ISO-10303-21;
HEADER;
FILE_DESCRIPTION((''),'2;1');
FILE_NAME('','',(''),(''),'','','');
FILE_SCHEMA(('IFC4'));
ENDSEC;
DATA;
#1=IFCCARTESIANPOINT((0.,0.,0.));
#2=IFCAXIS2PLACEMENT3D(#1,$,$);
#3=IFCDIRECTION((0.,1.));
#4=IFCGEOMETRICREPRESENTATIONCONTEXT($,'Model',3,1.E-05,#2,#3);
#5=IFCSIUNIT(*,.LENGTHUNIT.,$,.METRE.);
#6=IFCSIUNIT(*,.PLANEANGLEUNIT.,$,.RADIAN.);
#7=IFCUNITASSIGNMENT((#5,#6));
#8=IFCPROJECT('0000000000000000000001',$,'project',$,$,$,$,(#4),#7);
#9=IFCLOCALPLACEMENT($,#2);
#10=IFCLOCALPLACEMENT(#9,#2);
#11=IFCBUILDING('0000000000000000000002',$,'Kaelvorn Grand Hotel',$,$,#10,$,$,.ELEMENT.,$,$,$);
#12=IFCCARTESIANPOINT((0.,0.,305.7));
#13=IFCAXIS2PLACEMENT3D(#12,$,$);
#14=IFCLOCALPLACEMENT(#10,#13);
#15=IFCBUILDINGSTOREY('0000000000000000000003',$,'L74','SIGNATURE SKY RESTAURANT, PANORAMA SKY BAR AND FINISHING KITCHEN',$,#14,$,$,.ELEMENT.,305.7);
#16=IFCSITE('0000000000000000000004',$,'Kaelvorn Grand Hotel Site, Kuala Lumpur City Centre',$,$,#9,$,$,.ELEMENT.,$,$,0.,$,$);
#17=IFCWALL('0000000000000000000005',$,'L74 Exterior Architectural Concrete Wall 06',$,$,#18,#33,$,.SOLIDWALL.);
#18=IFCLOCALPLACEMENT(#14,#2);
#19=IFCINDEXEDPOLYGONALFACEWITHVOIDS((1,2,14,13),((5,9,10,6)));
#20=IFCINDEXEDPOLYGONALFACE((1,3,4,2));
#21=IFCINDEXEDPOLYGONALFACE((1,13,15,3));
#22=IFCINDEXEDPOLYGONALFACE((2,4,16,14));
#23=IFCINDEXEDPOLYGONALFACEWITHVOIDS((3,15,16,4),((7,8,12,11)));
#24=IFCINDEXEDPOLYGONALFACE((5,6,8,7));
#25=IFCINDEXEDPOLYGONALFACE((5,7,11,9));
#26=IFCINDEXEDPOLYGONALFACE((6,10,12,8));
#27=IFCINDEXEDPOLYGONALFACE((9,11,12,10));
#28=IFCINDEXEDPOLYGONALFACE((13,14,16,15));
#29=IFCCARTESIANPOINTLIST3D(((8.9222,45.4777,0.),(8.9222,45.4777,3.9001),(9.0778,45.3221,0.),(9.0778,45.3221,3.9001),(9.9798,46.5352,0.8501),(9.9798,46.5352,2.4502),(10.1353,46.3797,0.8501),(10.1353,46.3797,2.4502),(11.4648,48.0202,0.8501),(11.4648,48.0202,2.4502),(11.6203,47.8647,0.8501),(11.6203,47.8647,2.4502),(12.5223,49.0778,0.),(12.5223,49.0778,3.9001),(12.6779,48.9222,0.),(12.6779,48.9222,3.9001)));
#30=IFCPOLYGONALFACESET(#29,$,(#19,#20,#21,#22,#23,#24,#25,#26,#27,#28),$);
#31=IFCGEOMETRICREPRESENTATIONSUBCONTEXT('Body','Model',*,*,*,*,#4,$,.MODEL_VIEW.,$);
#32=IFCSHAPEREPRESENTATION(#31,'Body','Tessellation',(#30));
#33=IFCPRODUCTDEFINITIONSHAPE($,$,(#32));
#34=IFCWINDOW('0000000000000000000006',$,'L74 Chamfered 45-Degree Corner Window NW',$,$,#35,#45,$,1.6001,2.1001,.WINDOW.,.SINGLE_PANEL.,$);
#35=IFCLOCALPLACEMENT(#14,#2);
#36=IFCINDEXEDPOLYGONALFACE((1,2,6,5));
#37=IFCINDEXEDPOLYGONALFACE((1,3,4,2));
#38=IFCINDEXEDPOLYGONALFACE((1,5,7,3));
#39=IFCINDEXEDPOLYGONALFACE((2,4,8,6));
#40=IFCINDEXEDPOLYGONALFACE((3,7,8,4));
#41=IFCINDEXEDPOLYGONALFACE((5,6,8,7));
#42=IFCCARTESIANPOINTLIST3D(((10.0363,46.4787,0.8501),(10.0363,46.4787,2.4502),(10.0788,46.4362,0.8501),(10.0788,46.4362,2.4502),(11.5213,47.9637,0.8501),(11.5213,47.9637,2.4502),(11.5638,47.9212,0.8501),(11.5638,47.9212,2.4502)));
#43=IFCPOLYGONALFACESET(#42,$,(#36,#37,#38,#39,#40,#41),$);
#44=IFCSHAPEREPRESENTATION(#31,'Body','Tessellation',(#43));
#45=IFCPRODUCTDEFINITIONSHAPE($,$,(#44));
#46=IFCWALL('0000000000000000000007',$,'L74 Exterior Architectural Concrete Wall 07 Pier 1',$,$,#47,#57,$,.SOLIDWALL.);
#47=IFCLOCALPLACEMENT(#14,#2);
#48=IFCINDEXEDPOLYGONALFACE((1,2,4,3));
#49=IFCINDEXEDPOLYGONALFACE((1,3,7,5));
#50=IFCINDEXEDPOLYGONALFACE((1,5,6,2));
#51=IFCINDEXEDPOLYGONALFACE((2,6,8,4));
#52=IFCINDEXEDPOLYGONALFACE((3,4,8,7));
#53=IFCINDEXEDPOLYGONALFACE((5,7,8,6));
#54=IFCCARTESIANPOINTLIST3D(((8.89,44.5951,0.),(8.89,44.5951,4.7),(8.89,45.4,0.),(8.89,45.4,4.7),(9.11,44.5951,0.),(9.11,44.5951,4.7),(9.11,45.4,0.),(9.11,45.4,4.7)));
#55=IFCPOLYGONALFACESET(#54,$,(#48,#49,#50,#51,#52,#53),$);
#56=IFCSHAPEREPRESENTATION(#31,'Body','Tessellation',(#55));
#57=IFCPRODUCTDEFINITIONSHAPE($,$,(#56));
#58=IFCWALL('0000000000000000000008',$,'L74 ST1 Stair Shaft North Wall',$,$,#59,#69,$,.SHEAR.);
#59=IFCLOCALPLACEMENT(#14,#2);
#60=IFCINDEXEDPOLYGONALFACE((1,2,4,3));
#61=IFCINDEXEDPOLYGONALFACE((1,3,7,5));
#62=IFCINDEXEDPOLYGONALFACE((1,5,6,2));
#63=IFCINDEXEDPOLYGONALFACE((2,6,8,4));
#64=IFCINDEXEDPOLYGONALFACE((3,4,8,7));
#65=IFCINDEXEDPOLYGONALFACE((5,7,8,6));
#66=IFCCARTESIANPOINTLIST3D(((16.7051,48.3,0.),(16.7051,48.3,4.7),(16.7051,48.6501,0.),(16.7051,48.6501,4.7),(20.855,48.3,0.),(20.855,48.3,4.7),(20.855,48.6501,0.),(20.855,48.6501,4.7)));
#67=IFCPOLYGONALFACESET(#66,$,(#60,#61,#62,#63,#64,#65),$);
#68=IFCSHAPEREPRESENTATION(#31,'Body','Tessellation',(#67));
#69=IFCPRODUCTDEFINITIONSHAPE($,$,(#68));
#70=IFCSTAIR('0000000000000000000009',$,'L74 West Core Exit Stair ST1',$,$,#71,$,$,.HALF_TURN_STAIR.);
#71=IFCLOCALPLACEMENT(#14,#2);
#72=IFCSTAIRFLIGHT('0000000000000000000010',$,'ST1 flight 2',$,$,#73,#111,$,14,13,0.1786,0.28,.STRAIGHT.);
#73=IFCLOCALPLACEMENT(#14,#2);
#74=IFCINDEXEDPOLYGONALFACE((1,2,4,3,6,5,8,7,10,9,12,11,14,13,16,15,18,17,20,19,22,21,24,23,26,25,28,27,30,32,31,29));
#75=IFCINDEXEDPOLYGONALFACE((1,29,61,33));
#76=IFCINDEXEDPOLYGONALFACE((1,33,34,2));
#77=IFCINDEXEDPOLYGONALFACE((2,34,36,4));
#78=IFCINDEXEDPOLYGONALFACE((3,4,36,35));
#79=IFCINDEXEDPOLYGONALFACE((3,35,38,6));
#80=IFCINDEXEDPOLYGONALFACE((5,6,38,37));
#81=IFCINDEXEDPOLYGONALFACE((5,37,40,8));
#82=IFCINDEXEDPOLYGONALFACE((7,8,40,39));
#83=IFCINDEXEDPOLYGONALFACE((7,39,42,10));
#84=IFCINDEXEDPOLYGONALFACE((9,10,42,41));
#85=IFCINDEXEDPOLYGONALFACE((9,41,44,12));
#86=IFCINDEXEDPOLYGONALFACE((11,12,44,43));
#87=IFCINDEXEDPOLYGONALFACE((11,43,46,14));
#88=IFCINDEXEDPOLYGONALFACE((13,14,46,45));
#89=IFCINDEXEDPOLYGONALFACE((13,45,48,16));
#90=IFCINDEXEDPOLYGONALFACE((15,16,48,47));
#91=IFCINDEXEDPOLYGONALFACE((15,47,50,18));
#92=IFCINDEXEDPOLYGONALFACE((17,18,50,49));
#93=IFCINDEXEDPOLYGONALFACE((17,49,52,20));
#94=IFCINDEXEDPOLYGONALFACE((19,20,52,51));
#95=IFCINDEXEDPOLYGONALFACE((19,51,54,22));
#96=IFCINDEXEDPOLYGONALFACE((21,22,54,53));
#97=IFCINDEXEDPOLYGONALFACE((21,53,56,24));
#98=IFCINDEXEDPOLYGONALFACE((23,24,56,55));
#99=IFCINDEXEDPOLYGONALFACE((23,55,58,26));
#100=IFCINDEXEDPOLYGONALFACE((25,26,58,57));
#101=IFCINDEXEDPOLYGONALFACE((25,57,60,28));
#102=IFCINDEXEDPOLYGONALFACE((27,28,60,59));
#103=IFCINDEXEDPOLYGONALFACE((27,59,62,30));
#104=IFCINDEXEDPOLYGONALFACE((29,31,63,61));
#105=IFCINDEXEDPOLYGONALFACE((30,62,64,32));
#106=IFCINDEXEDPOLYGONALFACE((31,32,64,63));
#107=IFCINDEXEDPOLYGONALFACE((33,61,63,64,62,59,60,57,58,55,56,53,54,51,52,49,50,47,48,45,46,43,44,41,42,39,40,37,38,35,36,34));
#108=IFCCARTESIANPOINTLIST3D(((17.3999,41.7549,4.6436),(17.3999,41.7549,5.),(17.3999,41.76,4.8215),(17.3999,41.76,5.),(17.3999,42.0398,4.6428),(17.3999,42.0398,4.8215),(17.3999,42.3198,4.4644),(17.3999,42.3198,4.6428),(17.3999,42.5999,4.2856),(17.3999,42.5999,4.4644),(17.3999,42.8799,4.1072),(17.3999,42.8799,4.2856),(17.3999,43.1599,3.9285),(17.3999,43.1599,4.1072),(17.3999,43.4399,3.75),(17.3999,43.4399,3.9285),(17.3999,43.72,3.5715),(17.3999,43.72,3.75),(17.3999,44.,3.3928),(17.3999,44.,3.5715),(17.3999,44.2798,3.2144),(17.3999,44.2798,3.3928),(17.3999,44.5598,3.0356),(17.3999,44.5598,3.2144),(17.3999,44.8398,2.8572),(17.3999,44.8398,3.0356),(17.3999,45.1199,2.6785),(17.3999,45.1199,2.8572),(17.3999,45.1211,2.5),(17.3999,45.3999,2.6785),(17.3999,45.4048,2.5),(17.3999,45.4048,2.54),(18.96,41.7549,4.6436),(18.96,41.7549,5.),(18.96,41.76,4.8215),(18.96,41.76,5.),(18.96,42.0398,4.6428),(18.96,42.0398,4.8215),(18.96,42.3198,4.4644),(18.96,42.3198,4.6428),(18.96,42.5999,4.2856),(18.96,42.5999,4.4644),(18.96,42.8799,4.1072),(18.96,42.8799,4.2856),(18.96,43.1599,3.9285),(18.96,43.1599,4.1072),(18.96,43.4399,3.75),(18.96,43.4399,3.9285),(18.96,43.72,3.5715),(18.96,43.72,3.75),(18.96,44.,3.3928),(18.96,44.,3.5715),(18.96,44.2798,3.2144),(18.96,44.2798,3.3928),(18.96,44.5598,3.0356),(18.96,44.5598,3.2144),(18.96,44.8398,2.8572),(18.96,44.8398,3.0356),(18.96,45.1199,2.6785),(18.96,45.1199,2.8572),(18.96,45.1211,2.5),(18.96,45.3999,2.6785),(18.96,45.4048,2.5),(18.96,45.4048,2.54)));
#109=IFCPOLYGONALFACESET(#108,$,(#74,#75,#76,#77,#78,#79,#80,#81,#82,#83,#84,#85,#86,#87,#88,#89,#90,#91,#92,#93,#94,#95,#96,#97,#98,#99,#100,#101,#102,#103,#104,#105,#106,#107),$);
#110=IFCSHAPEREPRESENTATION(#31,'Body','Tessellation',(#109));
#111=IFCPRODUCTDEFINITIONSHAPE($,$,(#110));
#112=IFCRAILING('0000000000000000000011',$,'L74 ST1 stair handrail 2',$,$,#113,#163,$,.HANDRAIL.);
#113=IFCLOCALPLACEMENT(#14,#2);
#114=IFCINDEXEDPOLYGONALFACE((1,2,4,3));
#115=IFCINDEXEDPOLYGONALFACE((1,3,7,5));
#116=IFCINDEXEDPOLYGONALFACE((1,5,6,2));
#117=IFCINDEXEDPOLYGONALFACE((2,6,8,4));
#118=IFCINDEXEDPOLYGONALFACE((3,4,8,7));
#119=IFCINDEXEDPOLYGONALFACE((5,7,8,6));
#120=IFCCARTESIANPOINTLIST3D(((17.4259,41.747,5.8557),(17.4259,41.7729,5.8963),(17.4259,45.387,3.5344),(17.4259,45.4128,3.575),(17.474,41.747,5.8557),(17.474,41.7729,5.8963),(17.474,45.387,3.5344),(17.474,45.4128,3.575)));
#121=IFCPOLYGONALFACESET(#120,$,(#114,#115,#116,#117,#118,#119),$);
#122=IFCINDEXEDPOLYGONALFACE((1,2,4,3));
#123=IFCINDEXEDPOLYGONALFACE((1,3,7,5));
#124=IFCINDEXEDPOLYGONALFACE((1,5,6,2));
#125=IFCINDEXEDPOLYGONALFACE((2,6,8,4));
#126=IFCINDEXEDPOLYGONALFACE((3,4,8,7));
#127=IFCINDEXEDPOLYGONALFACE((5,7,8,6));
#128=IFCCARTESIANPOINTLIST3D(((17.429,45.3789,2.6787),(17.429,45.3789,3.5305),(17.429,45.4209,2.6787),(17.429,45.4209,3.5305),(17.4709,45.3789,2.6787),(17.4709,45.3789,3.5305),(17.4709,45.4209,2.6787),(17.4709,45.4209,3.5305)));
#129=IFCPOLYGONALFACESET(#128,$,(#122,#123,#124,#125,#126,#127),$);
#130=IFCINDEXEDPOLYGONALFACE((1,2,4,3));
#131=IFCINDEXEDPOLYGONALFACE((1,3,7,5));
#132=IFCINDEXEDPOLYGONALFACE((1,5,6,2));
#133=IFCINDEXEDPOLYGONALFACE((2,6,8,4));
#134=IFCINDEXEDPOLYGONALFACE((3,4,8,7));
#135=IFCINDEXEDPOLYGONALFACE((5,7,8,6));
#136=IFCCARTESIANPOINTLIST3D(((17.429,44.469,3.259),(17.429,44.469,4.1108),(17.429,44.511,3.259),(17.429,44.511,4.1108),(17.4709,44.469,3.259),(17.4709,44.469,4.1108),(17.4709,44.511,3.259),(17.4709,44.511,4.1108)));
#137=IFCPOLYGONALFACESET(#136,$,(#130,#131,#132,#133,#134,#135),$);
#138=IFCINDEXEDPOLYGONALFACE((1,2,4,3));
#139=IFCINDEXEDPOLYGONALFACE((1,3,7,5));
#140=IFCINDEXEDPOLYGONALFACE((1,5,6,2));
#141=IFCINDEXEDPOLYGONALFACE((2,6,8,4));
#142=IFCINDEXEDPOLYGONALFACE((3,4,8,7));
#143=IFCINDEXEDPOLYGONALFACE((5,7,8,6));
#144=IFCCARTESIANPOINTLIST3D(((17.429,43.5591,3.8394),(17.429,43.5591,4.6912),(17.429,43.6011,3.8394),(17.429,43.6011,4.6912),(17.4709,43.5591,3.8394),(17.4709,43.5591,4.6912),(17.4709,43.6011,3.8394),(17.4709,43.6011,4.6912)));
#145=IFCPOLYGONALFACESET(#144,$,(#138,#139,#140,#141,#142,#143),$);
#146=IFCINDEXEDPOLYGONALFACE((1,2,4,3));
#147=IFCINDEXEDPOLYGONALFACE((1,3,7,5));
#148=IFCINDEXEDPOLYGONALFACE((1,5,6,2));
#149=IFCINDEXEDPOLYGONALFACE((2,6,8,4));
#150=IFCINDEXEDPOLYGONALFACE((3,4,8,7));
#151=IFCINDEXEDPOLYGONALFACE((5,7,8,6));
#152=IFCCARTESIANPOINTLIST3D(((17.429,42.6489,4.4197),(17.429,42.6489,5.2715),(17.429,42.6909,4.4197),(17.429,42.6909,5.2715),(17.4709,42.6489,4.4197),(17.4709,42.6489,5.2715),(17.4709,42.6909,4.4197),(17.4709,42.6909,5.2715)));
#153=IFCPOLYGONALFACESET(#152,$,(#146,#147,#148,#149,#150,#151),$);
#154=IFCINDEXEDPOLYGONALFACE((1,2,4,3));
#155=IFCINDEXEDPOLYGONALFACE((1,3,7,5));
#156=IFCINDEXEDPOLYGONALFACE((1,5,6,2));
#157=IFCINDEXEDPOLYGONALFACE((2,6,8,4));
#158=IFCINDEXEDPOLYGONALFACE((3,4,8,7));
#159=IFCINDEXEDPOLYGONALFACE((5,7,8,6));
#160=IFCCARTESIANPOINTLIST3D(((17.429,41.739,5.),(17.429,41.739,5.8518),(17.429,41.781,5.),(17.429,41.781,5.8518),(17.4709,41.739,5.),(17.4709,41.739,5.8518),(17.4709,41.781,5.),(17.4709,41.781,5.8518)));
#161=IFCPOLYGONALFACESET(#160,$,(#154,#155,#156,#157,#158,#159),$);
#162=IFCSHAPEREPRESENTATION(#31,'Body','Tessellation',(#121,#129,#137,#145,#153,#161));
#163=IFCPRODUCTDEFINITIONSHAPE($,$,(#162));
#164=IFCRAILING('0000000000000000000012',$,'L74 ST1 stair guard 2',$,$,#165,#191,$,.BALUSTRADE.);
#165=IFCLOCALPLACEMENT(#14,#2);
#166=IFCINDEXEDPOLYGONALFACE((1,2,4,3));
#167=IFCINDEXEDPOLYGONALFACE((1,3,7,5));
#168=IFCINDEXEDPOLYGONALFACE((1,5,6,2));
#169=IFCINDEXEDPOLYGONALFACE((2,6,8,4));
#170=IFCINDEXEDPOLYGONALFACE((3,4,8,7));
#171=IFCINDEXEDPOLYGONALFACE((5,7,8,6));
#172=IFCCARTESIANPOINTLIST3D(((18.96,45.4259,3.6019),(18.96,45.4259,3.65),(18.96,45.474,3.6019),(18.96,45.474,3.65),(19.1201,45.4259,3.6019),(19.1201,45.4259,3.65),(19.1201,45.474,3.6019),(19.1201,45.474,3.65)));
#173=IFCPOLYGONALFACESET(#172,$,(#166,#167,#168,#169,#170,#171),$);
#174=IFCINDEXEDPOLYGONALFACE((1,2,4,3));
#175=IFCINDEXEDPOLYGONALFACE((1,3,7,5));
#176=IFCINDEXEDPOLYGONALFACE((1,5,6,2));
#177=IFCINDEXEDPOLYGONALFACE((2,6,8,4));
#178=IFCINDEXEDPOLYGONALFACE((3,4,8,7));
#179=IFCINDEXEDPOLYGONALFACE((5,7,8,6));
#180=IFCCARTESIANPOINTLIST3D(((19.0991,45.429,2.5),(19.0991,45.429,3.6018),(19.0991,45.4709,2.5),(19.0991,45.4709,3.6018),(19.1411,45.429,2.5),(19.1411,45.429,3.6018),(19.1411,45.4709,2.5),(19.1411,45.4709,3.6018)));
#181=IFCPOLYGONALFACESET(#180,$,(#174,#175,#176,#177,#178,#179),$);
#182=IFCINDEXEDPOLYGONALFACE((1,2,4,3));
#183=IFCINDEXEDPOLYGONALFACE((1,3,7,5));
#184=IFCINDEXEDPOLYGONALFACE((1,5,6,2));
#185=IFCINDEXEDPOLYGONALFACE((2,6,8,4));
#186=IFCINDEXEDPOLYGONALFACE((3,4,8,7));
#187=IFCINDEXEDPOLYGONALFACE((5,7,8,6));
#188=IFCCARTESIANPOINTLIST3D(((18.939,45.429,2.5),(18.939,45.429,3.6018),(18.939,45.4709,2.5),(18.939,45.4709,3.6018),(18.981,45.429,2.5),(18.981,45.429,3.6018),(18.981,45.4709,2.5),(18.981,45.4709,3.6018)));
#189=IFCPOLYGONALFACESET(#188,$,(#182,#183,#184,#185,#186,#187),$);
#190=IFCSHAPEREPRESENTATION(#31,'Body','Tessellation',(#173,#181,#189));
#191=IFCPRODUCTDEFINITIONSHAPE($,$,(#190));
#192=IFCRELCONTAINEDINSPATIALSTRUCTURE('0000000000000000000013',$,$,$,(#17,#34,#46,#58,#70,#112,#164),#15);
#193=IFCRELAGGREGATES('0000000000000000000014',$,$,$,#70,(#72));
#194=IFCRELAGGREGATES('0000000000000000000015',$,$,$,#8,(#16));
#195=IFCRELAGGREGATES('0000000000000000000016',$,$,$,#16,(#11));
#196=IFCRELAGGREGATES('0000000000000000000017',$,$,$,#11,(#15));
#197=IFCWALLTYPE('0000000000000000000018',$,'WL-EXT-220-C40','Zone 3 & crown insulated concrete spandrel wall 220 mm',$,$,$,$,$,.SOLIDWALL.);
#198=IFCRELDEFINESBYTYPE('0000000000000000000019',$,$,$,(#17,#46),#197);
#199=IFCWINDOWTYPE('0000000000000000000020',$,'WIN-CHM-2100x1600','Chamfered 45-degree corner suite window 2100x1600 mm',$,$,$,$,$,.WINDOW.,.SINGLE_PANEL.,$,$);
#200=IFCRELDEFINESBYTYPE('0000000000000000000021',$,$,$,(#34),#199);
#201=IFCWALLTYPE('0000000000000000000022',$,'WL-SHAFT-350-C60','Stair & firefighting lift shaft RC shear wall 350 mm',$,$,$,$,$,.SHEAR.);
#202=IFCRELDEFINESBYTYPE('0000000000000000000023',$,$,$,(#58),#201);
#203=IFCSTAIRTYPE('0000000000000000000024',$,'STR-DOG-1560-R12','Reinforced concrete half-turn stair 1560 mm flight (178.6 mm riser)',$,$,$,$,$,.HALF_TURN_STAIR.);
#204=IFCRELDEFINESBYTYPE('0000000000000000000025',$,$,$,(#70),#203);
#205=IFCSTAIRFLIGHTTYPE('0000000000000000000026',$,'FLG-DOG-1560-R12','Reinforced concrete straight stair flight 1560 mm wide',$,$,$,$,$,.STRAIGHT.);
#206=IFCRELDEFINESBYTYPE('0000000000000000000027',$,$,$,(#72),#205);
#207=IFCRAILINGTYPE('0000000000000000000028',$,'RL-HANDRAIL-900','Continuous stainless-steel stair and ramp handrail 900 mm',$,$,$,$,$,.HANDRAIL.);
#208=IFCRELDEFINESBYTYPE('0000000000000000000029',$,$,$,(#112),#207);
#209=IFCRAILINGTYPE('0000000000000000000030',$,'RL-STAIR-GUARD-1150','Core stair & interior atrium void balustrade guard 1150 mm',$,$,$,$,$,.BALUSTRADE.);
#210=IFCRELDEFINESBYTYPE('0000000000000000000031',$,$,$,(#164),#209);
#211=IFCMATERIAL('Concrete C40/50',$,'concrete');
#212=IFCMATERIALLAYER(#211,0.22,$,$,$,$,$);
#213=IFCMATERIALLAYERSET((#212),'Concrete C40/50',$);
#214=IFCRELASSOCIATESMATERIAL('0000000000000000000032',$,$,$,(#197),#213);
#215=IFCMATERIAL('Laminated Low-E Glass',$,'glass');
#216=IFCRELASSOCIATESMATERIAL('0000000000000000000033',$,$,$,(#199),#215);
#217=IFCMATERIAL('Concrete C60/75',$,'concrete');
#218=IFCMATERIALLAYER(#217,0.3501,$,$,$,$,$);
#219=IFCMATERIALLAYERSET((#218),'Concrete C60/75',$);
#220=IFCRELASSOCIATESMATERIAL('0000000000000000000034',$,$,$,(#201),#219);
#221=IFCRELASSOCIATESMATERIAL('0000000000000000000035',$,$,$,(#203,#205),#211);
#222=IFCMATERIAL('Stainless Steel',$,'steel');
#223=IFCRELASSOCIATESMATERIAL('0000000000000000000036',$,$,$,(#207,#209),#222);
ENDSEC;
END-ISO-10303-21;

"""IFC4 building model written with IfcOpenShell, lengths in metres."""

from ifc_helpers import new_model, si_unit, direction, frame, frame_2d, origin, origin_2d, place, context, subcontext, project, spatial, polyline, rectangle, outline, extrude, material, layer, layer_set, type_object, element, fill, aggregate, save


model = new_model("IFC4")

# Units and contexts
model_context = context("Model", 3, precision=1e-05, world=origin(), true_north=direction((0.0, 1.0)))
body_context = subcontext(model_context, "Body", "Model", "MODEL_VIEW")
ifc_project = project(units=[si_unit("LENGTHUNIT", "METRE"), si_unit("PLANEANGLEUNIT", "RADIAN")], contexts=[model_context])

# Site, building, storey
site_placement = place(None, origin())
site = spatial("IfcSite", under=ifc_project, at=site_placement, Name="Kaelvorn Grand Hotel Site, Kuala Lumpur City Centre", CompositionType="ELEMENT", RefElevation=0.0)
building_placement = place(site_placement, origin())
building = spatial("IfcBuilding", under=site, at=building_placement, Name="Kaelvorn Grand Hotel", CompositionType="ELEMENT")
storey_placement = place(building_placement, frame((0.0, 0.0, 305.7)))
storey = spatial("IfcBuildingStorey", under=building, at=storey_placement, Name="L74", Description="SIGNATURE SKY RESTAURANT, PANORAMA SKY BAR AND FINISHING KITCHEN", CompositionType="ELEMENT", Elevation=305.7)

# Shared definitions
ifc_material_1 = material(Name="Concrete C60/75", Category="concrete")

# Shared definitions
ifc_material_2 = material(Name="Laminated Low-E Glass", Category="glass")

# Wall, opening, window
ifc_material_3 = material(Name="Concrete C40/50", Category="concrete")
ifc_layer_1 = layer(ifc_material_3, 0.22)
ifc_layer_set_1 = layer_set([ifc_layer_1], Name="Concrete C40/50")
wall_type_1 = type_object("IfcWallType", Name="WL-EXT-220-C40", Description="Zone 3 & crown insulated concrete spandrel wall 220 mm", PredefinedType="SOLIDWALL", material=ifc_layer_set_1)
wall_1_placement = place(storey_placement, frame((12.6001, 49.0, 0.0), z_axis=(0.0, 0.0, 1.0), x_axis=(-0.707107, -0.707107, 0.0)))
wall_1 = element("IfcWall", 1, at=wall_1_placement, inside=storey, type_object=wall_type_1, Name="L74 Exterior Architectural Concrete Wall 06", PredefinedType="SOLIDWALL", context=body_context, shape_type="SweptSolid", body=[
    extrude(rectangle(XDim=5.0913, YDim=0.22, at=frame_2d((2.5457, 0.0))), origin(), (0.0, 0.0, 1.0), 3.9001),
])
opening_placement = place(wall_1_placement, frame((1.4956, 0.0, 0.8501)))
opening = element("IfcOpeningElement", 2, at=opening_placement, cuts=wall_1, PredefinedType="OPENING", context=body_context, shape_type="SweptSolid", body=[
    extrude(rectangle(XDim=2.1001, YDim=1.6001, at=frame_2d((1.05, 0.8))), frame((0.0, 0.1201, 0.0), z_axis=(0.0, -1.0, 0.0), x_axis=(1.0, 0.0, 0.0)), (0.0, 0.0, 1.0), 0.24),
])
window_type = type_object("IfcWindowType", Name="WIN-CHM-2100x1600", Description="Chamfered 45-degree corner suite window 2100x1600 mm", PartitioningType="SINGLE_PANEL", PredefinedType="WINDOW", material=ifc_material_2)
window_placement = place(opening_placement, origin())
window = element("IfcWindow", 3, at=window_placement, inside=storey, type_object=window_type, Name="L74 Chamfered 45-Degree Corner Window NW", OverallHeight=1.6001, OverallWidth=2.1001, PartitioningType="SINGLE_PANEL", PredefinedType="WINDOW", context=body_context, shape_type="SweptSolid", body=[
    extrude(rectangle(XDim=2.1001, YDim=1.6001, at=frame_2d((1.05, 0.8))), frame((0.0, 0.03, 0.0), z_axis=(0.0, -1.0, 0.0), x_axis=(1.0, 0.0, 0.0)), (0.0, 0.0, 1.0), 0.0601),
])
fill(opening, window)

# Walls
wall_2_placement = place(storey_placement, frame((9.0, 45.3999, 0.0), z_axis=(0.0, 0.0, 1.0), x_axis=(0.0, -1.0, 0.0)))
element("IfcWall", 4, at=wall_2_placement, inside=storey, type_object=wall_type_1, Name="L74 Exterior Architectural Concrete Wall 07 Pier 1", PredefinedType="SOLIDWALL", context=body_context, shape_type="SweptSolid", body=[
    extrude(rectangle(XDim=0.8049, YDim=0.22, at=frame_2d((0.4023, 0.0))), origin(), (0.0, 0.0, 1.0), 4.7),
])
ifc_layer_2 = layer(ifc_material_1, 0.3501)
ifc_layer_set_2 = layer_set([ifc_layer_2], Name="Concrete C60/75")
wall_type_2 = type_object("IfcWallType", Name="WL-SHAFT-350-C60", Description="Stair & firefighting lift shaft RC shear wall 350 mm", PredefinedType="SHEAR", material=ifc_layer_set_2)
wall_3_placement = place(storey_placement, frame((16.7051, 48.4751, 0.0), z_axis=(0.0, 0.0, 1.0), x_axis=(1.0, 0.0, 0.0)))
element("IfcWall", 5, at=wall_3_placement, inside=storey, type_object=wall_type_2, Name="L74 ST1 Stair Shaft North Wall", PredefinedType="SHEAR", context=body_context, shape_type="SweptSolid", body=[
    extrude(rectangle(XDim=4.1499, YDim=0.3501, at=frame_2d((2.075, 0.0))), origin(), (0.0, 0.0, 1.0), 4.7),
])

# Stair, stair flight
stair_type = type_object("IfcStairType", Name="STR-DOG-1560-R12", Description="Reinforced concrete half-turn stair 1560 mm flight (178.6 mm riser)", PredefinedType="HALF_TURN_STAIR", material=ifc_material_3)
stair_placement = place(storey_placement, origin())
stair = element("IfcStair", 6, at=stair_placement, inside=storey, type_object=stair_type, Name="L74 West Core Exit Stair ST1", PredefinedType="HALF_TURN_STAIR")
stair_flight_type = type_object("IfcStairFlightType", Name="FLG-DOG-1560-R12", Description="Reinforced concrete straight stair flight 1560 mm wide", PredefinedType="STRAIGHT", material=ifc_material_3)
stair_flight_placement = place(storey_placement, frame((18.1799, 45.3999, 2.5), z_axis=(0.0, 0.0, 1.0), x_axis=(0.0, -1.0, 0.0)))
stair_flight = element("IfcStairFlight", 7, at=stair_flight_placement, type_object=stair_flight_type, Name="ST1 flight 2", NumberOfRisers=14, NumberOfTreads=13, PredefinedType="STRAIGHT", RiserHeight=0.1786, TreadLength=0.28, context=body_context, shape_type="SweptSolid", body=[
    extrude(outline(polyline([(-0.0049, 0.0), (-0.0049, 0.04), (0.0, 0.1785), (0.28, 0.1785), (0.28, 0.3572), (0.5601, 0.3572), (0.5601, 0.5356), (0.8401, 0.5356), (0.8401, 0.7144), (1.1201, 0.7144), (1.1201, 0.8928), (1.3999, 0.8928), (1.3999, 1.0715), (1.6799, 1.0715), (1.6799, 1.25), (1.96, 1.25), (1.96, 1.4285), (2.24, 1.4285), (2.24, 1.6072), (2.52, 1.6072), (2.52, 1.7856), (2.8, 1.7856), (2.8, 1.9644), (3.0801, 1.9644), (3.0801, 2.1428), (3.3601, 2.1428), (3.3601, 2.3215), (3.6399, 2.3215), (3.6399, 2.5), (3.645, 2.5), (3.645, 2.1436), (0.2788, 0.0), (-0.0049, 0.0)])), frame((0.0, 0.78, 0.0), z_axis=(0.0, -1.0, 0.0), x_axis=(1.0, 0.0, 0.0)), (0.0, 0.0, 1.0), 1.5601),
])
aggregate(stair, [stair_flight])

# Railings
ifc_material_4 = material(Name="Stainless Steel", Category="steel")
railing_type_1 = type_object("IfcRailingType", Name="RL-HANDRAIL-900", Description="Continuous stainless-steel stair and ramp handrail 900 mm", PredefinedType="HANDRAIL", material=ifc_material_4)
railing_1_placement = place(storey_placement, frame((17.45, 45.3999, 2.6787)))
element("IfcRailing", 8, at=railing_1_placement, inside=storey, type_object=railing_type_1, Name="L74 ST1 stair handrail 2", PredefinedType="HANDRAIL", context=body_context, shape_type="SweptSolid", body=[
    extrude(rectangle(XDim=0.0481, YDim=0.0481, at=origin_2d()), frame((0.0, 0.0, 0.876), z_axis=(0.0, -0.843137, 0.537699), x_axis=(1.0, 0.0, 0.0)), (0.0, 0.0, 1.0), 4.3171),
    extrude(rectangle(XDim=0.042, YDim=0.042, at=origin_2d()), origin(), (0.0, 0.0, 1.0), 0.8518),
    extrude(rectangle(XDim=0.042, YDim=0.042, at=origin_2d()), frame((0.0, -0.9099, 0.5803)), (0.0, 0.0, 1.0), 0.8518),
    extrude(rectangle(XDim=0.042, YDim=0.042, at=origin_2d()), frame((0.0, -1.8198, 1.1606)), (0.0, 0.0, 1.0), 0.8518),
    extrude(rectangle(XDim=0.042, YDim=0.042, at=origin_2d()), frame((0.0, -2.73, 1.741)), (0.0, 0.0, 1.0), 0.8518),
    extrude(rectangle(XDim=0.042, YDim=0.042, at=origin_2d()), frame((0.0, -3.6399, 2.3213)), (0.0, 0.0, 1.0), 0.8518),
])
railing_type_2 = type_object("IfcRailingType", Name="RL-STAIR-GUARD-1150", Description="Core stair & interior atrium void balustrade guard 1150 mm", PredefinedType="BALUSTRADE", material=ifc_material_4)
railing_2_placement = place(storey_placement, frame((19.1201, 45.45, 2.5)))
element("IfcRailing", 9, at=railing_2_placement, inside=storey, type_object=railing_type_2, Name="L74 ST1 stair guard 2", PredefinedType="BALUSTRADE", context=body_context, shape_type="SweptSolid", body=[
    extrude(rectangle(XDim=0.0481, YDim=0.0481, at=origin_2d()), frame((0.0, 0.0, 1.126), z_axis=(-1.0, 0.0, 0.0), x_axis=(0.0, -1.0, 0.0)), (0.0, 0.0, 1.0), 0.1602),
    extrude(rectangle(XDim=0.042, YDim=0.042, at=origin_2d()), origin(), (0.0, 0.0, 1.0), 1.1018),
    extrude(rectangle(XDim=0.042, YDim=0.042, at=origin_2d()), frame((-0.1602, 0.0, 0.0)), (0.0, 0.0, 1.0), 1.1018),
])

save(model, "model.ifc")
